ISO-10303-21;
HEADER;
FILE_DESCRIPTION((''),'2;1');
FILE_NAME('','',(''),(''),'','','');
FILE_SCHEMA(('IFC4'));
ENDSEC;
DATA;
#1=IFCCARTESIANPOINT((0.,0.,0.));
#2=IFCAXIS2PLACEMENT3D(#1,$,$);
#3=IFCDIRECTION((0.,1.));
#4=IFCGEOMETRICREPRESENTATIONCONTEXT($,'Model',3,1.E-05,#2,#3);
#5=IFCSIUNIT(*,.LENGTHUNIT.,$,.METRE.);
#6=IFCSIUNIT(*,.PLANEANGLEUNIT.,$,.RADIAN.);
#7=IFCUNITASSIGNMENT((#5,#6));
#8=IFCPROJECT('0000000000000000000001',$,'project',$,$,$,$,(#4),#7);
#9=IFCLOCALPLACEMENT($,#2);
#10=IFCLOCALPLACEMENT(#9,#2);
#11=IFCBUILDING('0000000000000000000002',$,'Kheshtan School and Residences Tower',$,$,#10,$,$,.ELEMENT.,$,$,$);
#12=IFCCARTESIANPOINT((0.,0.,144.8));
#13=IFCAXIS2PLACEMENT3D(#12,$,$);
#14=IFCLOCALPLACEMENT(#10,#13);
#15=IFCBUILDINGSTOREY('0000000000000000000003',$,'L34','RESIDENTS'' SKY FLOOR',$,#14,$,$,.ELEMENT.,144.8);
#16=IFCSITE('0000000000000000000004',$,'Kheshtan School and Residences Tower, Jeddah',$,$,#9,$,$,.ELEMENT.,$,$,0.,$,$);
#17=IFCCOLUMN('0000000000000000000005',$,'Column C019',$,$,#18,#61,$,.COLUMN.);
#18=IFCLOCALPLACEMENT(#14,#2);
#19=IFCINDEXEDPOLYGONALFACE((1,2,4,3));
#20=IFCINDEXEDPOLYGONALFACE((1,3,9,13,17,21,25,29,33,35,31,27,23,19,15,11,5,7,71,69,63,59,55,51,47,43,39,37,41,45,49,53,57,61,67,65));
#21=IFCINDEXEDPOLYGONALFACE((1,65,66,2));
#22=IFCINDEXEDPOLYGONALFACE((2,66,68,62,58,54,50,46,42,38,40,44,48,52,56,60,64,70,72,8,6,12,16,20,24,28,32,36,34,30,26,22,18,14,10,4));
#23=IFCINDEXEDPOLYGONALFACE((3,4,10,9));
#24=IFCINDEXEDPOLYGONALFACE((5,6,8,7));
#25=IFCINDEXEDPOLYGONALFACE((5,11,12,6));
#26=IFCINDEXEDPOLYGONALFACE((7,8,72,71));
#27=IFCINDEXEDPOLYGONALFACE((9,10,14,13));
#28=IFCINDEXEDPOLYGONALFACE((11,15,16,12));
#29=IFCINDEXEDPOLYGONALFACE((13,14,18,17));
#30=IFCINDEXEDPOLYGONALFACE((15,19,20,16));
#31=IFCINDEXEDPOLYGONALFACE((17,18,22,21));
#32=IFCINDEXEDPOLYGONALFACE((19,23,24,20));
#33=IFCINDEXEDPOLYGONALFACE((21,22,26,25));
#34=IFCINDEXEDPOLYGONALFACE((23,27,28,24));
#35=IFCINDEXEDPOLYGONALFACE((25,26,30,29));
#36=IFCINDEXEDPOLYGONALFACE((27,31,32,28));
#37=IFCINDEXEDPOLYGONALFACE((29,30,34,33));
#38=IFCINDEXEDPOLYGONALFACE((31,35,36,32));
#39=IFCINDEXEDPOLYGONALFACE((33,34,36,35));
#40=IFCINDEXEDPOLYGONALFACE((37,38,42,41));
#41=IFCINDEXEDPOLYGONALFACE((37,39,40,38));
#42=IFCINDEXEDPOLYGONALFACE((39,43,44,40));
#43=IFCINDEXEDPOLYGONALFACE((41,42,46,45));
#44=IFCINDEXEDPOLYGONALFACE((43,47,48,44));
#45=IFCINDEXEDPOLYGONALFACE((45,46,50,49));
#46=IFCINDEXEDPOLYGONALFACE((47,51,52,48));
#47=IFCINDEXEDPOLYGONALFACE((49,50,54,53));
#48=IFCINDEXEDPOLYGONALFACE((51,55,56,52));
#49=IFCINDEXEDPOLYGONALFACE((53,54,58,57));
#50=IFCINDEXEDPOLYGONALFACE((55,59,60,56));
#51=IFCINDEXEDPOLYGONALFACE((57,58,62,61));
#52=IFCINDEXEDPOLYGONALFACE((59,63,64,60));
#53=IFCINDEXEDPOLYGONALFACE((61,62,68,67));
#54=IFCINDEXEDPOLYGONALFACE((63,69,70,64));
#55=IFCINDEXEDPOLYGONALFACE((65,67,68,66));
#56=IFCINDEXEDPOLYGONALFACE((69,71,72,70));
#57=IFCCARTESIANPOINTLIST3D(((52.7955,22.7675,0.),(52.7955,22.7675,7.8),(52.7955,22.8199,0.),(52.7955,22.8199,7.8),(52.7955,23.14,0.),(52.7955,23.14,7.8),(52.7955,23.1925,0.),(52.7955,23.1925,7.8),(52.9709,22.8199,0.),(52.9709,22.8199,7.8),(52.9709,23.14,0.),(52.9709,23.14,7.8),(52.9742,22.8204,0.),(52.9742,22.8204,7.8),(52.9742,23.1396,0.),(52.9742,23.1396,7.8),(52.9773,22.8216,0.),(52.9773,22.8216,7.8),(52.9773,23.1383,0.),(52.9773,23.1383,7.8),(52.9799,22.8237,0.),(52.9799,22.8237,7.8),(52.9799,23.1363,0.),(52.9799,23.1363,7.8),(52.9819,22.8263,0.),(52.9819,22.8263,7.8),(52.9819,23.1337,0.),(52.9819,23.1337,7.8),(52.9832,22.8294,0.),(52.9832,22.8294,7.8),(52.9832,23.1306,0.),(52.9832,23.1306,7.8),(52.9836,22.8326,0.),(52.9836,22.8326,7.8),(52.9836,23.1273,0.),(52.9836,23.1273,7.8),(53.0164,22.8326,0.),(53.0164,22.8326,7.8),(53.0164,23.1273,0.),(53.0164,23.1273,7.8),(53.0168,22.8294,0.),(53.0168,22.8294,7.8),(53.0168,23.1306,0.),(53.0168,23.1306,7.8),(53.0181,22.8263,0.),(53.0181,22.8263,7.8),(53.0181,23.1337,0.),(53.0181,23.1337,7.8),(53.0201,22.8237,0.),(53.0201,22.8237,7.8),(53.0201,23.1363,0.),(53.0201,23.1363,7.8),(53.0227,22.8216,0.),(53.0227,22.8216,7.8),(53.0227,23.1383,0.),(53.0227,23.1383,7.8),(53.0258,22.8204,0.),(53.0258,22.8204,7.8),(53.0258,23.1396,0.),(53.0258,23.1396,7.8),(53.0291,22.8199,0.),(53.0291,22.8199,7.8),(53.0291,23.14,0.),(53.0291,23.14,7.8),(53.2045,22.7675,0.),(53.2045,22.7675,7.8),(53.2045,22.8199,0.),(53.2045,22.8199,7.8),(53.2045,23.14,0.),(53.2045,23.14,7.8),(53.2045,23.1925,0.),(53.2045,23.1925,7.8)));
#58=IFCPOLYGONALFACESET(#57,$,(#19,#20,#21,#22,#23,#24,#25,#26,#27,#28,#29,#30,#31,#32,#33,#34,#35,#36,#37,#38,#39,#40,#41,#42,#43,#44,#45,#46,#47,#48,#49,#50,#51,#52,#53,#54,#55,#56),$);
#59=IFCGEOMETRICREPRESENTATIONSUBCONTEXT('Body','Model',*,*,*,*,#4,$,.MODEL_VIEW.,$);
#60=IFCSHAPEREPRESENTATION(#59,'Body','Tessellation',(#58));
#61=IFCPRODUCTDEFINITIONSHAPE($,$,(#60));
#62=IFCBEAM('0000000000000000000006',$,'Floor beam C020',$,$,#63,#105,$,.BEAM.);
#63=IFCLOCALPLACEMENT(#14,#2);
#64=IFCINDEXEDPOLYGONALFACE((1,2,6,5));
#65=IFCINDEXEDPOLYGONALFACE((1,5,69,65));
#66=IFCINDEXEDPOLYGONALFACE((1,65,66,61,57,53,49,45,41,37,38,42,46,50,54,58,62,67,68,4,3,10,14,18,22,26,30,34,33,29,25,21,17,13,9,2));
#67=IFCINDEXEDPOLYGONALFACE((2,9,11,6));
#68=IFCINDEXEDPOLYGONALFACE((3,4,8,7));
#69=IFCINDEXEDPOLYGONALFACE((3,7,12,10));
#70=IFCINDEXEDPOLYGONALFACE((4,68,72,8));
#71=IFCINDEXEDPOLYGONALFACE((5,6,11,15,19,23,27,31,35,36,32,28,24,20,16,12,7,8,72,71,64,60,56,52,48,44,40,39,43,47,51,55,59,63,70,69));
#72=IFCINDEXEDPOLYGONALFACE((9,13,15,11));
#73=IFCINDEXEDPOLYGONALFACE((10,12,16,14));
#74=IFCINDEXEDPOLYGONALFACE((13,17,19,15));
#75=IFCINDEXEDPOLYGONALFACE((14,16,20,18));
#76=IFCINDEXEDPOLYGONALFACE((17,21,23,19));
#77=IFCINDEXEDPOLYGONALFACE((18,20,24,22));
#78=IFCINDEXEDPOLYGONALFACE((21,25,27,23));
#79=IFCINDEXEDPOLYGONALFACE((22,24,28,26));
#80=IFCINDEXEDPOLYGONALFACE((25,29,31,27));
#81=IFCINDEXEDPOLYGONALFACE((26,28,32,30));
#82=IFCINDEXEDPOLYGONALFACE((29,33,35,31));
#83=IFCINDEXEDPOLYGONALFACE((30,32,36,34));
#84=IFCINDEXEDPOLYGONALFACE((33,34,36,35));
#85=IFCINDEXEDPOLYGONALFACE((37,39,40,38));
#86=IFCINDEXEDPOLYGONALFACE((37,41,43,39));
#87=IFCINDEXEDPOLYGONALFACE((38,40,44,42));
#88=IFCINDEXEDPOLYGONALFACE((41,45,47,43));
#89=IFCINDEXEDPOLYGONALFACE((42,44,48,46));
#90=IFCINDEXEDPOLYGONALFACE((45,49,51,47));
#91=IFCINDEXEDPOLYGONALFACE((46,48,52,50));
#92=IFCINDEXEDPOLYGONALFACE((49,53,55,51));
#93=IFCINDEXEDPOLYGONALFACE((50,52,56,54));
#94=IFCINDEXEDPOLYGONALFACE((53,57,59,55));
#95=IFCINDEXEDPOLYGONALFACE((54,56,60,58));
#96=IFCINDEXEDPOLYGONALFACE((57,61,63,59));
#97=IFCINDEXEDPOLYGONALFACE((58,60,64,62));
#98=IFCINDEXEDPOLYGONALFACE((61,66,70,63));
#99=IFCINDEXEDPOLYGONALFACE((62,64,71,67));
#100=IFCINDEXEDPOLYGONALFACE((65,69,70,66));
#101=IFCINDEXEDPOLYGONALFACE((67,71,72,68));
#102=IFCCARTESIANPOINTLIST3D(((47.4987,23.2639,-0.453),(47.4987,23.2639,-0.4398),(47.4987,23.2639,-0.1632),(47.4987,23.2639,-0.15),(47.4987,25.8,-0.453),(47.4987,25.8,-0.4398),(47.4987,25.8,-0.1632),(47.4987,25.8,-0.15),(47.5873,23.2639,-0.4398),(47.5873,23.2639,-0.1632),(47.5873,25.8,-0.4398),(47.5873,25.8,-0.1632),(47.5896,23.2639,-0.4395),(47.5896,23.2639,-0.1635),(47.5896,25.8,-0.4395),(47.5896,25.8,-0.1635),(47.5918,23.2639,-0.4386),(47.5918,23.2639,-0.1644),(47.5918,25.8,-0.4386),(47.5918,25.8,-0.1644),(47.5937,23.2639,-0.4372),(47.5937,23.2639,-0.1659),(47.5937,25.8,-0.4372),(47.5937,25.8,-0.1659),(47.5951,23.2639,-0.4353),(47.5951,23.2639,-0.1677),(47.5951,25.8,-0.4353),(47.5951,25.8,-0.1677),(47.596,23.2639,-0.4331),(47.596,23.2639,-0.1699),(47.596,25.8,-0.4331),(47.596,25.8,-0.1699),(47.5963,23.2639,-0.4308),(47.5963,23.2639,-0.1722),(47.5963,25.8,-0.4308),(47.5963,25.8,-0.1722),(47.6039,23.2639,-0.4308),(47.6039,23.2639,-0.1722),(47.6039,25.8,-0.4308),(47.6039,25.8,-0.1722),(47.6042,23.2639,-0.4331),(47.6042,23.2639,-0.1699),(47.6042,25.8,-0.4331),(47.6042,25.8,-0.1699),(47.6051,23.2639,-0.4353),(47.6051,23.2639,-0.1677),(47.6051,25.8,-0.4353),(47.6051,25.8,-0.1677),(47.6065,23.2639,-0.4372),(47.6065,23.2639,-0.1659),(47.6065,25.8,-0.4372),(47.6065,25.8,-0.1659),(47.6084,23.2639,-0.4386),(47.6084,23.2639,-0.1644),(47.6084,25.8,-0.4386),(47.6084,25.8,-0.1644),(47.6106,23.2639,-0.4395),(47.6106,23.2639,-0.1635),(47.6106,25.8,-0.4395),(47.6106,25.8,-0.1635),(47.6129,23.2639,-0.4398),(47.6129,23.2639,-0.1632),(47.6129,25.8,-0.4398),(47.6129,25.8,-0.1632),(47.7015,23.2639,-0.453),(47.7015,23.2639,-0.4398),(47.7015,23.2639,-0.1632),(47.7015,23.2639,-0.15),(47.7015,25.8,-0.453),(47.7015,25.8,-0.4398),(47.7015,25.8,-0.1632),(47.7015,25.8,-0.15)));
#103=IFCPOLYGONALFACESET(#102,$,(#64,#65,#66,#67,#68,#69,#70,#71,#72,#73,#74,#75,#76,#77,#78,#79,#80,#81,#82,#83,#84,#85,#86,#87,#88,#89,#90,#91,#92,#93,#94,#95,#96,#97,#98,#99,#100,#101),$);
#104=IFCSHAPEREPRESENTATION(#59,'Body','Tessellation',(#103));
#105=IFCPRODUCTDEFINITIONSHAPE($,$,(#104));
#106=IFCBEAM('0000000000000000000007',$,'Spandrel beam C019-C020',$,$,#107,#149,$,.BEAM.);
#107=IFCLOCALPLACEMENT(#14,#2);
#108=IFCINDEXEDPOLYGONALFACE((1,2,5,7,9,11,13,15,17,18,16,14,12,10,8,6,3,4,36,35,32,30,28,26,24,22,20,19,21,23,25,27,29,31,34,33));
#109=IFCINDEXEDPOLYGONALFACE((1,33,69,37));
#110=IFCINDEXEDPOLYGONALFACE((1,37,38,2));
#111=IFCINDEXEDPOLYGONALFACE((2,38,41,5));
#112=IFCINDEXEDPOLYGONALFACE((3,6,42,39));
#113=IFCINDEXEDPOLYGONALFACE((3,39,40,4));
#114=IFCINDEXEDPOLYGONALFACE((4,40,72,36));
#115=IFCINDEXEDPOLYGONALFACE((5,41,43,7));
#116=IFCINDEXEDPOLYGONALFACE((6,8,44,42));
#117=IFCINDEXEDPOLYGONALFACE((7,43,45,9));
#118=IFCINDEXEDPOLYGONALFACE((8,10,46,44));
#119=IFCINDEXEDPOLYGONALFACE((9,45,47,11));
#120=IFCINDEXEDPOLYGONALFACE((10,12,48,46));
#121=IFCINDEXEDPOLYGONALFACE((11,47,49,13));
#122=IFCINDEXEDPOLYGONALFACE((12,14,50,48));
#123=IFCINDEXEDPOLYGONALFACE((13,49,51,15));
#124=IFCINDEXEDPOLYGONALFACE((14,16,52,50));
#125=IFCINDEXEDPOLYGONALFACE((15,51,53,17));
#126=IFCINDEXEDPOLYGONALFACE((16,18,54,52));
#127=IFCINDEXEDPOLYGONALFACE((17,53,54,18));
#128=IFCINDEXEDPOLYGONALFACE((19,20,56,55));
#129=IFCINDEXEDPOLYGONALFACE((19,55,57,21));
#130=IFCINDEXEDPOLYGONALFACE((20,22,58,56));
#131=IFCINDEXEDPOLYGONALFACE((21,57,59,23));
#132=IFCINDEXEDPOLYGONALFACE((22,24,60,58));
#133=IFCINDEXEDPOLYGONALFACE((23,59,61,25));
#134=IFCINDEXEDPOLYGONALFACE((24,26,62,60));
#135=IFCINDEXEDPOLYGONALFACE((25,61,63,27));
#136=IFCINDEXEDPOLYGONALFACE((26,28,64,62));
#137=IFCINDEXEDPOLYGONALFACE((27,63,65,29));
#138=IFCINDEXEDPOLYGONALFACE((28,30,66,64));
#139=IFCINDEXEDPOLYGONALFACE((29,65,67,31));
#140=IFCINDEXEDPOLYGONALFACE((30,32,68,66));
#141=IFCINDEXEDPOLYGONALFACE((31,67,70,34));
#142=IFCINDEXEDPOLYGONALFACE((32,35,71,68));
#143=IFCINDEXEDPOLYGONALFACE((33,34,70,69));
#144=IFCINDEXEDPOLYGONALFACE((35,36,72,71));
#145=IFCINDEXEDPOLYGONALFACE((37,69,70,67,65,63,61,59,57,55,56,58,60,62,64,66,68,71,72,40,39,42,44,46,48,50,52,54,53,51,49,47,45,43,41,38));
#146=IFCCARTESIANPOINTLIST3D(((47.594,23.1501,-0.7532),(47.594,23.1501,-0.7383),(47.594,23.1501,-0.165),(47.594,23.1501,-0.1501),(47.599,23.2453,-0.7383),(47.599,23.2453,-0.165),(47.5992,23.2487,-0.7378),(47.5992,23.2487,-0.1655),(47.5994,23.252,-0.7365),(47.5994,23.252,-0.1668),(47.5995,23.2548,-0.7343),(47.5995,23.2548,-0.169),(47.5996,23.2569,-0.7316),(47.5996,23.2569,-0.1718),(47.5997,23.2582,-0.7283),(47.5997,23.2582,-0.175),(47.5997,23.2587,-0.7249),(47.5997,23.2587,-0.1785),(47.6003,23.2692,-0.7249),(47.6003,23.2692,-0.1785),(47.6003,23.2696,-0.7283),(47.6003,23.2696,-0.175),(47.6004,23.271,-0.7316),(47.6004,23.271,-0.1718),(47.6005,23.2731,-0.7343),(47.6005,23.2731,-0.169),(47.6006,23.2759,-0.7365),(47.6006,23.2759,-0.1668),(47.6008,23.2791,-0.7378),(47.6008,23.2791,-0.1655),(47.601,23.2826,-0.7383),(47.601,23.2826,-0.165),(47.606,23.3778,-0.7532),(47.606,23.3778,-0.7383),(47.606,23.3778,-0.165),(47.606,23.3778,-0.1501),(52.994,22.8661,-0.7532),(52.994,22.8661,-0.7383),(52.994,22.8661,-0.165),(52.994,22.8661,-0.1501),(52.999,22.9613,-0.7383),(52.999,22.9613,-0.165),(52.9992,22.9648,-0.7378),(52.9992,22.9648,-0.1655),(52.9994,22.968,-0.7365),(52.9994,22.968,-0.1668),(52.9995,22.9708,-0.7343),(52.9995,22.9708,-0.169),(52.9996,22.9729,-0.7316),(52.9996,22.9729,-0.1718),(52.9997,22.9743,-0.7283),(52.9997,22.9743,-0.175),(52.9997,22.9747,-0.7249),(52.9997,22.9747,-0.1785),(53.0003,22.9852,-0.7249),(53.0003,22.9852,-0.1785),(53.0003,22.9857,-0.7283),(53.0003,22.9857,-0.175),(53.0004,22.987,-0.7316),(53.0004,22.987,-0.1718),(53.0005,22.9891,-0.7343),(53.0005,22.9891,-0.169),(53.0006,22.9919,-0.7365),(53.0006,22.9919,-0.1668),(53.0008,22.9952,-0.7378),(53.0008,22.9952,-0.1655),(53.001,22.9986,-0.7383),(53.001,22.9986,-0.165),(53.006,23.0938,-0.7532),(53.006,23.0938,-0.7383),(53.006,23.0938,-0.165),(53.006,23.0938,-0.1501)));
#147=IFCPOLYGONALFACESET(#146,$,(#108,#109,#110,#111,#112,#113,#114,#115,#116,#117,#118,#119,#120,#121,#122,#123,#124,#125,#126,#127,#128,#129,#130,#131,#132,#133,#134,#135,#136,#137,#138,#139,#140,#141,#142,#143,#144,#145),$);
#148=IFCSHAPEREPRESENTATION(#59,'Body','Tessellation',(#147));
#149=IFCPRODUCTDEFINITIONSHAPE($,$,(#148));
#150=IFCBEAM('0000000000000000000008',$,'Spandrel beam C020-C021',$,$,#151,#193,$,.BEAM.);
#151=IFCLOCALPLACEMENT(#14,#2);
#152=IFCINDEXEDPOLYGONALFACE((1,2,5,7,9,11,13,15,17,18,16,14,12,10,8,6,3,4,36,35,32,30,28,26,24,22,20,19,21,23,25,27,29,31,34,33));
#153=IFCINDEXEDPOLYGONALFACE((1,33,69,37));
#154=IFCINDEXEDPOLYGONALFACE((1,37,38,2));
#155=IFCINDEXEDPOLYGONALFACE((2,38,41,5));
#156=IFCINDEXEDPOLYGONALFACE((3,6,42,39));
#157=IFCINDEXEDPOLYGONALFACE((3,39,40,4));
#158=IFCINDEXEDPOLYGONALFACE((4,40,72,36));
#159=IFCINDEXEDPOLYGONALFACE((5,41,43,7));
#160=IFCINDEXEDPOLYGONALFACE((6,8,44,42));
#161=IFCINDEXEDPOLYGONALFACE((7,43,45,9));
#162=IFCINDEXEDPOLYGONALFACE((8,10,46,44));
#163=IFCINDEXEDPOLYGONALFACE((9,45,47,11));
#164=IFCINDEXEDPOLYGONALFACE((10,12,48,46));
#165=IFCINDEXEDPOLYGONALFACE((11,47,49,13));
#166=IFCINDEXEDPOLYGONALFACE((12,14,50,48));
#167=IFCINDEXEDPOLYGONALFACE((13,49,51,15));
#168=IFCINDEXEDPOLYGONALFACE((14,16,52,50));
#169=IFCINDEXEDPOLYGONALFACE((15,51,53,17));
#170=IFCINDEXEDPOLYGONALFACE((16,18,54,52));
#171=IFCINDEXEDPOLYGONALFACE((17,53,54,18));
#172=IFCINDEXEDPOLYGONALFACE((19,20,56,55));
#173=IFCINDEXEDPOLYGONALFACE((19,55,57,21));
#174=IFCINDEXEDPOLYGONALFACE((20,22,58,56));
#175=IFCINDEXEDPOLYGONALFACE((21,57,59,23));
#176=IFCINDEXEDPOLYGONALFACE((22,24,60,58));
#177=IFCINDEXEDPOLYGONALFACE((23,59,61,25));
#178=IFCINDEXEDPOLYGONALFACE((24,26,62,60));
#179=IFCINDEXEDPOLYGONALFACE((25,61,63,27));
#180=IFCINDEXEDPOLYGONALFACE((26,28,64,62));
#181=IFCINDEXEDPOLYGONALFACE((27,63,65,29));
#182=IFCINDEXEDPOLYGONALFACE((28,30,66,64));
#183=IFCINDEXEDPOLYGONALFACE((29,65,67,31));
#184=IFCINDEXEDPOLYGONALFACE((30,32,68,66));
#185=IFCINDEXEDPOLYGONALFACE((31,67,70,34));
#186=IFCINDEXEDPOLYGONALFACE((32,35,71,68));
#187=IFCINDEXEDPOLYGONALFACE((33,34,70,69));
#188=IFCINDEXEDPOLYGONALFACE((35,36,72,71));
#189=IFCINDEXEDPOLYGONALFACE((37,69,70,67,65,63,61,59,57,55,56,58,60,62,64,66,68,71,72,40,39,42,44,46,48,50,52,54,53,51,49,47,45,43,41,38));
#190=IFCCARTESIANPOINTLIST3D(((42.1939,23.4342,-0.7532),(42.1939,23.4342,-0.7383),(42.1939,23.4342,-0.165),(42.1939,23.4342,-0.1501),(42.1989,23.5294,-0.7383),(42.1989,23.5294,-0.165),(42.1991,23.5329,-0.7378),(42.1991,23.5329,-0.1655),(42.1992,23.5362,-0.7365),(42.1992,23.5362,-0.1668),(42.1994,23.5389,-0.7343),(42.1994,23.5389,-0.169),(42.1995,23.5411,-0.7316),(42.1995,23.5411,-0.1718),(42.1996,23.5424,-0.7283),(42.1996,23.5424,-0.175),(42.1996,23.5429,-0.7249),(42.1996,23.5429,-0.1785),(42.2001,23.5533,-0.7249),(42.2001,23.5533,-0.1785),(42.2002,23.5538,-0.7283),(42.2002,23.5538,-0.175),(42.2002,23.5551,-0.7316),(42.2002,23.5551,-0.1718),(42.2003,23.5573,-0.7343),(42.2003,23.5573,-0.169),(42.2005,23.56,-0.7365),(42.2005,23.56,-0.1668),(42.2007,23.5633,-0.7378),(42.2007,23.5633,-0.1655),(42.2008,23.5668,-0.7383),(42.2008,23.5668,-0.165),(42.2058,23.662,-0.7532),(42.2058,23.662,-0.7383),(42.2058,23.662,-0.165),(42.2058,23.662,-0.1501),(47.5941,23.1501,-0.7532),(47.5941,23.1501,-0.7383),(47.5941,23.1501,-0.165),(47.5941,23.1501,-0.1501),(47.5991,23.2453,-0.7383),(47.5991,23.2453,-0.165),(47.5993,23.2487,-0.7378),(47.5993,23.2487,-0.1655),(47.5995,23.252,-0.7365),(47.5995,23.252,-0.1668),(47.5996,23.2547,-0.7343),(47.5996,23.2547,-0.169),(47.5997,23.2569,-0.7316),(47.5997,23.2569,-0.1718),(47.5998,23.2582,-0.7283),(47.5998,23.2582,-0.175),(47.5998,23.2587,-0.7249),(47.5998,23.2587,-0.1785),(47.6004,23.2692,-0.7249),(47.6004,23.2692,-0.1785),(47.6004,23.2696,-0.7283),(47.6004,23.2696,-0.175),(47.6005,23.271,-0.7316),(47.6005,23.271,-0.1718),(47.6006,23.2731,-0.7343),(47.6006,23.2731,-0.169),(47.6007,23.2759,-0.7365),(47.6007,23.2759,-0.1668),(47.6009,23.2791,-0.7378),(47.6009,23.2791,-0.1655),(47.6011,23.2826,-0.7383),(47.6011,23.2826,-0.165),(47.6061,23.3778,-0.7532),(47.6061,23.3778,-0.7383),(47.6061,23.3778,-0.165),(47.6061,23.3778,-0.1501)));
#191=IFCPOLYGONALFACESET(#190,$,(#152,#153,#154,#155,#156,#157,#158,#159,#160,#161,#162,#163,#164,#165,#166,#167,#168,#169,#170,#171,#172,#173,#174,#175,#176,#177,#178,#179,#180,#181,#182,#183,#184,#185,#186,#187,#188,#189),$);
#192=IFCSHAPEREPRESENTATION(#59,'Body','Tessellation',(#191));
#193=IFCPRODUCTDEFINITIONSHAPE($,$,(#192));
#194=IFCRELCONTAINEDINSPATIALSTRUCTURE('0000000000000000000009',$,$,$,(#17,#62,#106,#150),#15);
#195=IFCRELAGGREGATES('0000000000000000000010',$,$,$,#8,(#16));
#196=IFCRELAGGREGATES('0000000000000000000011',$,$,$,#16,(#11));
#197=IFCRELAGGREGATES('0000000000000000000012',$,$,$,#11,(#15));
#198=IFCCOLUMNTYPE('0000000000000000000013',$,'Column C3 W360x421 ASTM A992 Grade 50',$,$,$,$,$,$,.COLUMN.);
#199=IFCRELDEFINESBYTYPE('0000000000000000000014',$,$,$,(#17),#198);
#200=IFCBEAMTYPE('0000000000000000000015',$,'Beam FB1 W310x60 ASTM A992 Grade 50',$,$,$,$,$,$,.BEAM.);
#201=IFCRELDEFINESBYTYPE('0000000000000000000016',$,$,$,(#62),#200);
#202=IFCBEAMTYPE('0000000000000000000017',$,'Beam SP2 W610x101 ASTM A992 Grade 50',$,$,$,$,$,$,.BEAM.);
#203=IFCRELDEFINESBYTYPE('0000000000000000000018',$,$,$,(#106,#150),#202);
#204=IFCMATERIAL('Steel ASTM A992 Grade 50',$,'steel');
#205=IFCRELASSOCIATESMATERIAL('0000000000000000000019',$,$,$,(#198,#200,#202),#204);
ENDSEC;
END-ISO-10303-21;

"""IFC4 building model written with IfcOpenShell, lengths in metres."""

from ifc_helpers import new_model, si_unit, direction, frame, origin, origin_2d, place, context, subcontext, project, spatial, i_section, extrude, material, material_profile, profile_set, type_object, element, save


model = new_model("IFC4")

# Units and contexts
model_context = context("Model", 3, precision=1e-05, world=origin(), true_north=direction((0.0, 1.0)))
body_context = subcontext(model_context, "Body", "Model", "MODEL_VIEW")
ifc_project = project(units=[si_unit("LENGTHUNIT", "METRE"), si_unit("PLANEANGLEUNIT", "RADIAN")], contexts=[model_context])

# Site, building, storey
site_placement = place(None, origin())
site = spatial("IfcSite", under=ifc_project, at=site_placement, Name="Kheshtan School and Residences Tower, Jeddah", CompositionType="ELEMENT", RefElevation=0.0)
building_placement = place(site_placement, origin())
building = spatial("IfcBuilding", under=site, at=building_placement, Name="Kheshtan School and Residences Tower", CompositionType="ELEMENT")
storey_placement = place(building_placement, frame((0.0, 0.0, 144.8)))
storey = spatial("IfcBuildingStorey", under=building, at=storey_placement, Name="L34", Description="RESIDENTS' SKY FLOOR", CompositionType="ELEMENT", Elevation=144.8)

# Column
ifc_material_1 = material(Name="Steel ASTM A992 Grade 50", Category="steel")
ifc_material_profile_1 = material_profile(ifc_material_1, i_section(OverallWidth=0.4089, OverallDepth=0.425, WebThickness=0.0327, FlangeThickness=0.0525, FilletRadius=0.0127, at=origin_2d()), Name="W360x421")
ifc_profile_set_1 = profile_set([ifc_material_profile_1], Name="Steel ASTM A992 Grade 50")
column_type = type_object("IfcColumnType", Name="Column C3 W360x421 ASTM A992 Grade 50", PredefinedType="COLUMN", material=ifc_profile_set_1)
column_placement = place(storey_placement, frame((53.0, 22.98, 0.0), z_axis=(0.0, 0.0, 1.0), x_axis=(1.0, 0.0, 0.0)))
element("IfcColumn", 1, at=column_placement, inside=storey, type_object=column_type, Name="Column C019", PredefinedType="COLUMN", context=body_context, shape_type="SweptSolid", body=[
    extrude(i_section(OverallWidth=0.4089, OverallDepth=0.425, WebThickness=0.0327, FlangeThickness=0.0525, FilletRadius=0.0127, at=origin_2d()), origin(), (0.0, 0.0, 1.0), 7.8),
])

# Beams
ifc_material_profile_2 = material_profile(ifc_material_1, i_section(OverallWidth=0.2029, OverallDepth=0.303, WebThickness=0.0076, FlangeThickness=0.0132, FilletRadius=0.009, at=origin_2d()), Name="W310x60")
ifc_profile_set_2 = profile_set([ifc_material_profile_2], Name="Steel ASTM A992 Grade 50")
beam_type_1 = type_object("IfcBeamType", Name="Beam FB1 W310x60 ASTM A992 Grade 50", PredefinedType="BEAM", material=ifc_profile_set_2)
beam_1_placement = place(storey_placement, frame((47.6001, 23.2639, -0.3015), z_axis=(0.0, 1.0, 0.0), x_axis=(-1.0, 0.0, 0.0)))
element("IfcBeam", 2, at=beam_1_placement, inside=storey, type_object=beam_type_1, Name="Floor beam C020", PredefinedType="BEAM", context=body_context, shape_type="SweptSolid", body=[
    extrude(i_section(OverallWidth=0.2029, OverallDepth=0.303, WebThickness=0.0076, FlangeThickness=0.0132, FilletRadius=0.009, at=origin_2d()), origin(), (0.0, 0.0, 1.0), 2.5361),
])
ifc_material_profile_3 = material_profile(ifc_material_1, i_section(OverallWidth=0.228, OverallDepth=0.603, WebThickness=0.0105, FlangeThickness=0.0149, FilletRadius=0.0134, at=origin_2d()), Name="W610x101")
ifc_profile_set_3 = profile_set([ifc_material_profile_3], Name="Steel ASTM A992 Grade 50")
beam_type_2 = type_object("IfcBeamType", Name="Beam SP2 W610x101 ASTM A992 Grade 50", PredefinedType="BEAM", material=ifc_profile_set_3)
beam_2_placement = place(storey_placement, frame((53.0, 22.98, -0.4517), z_axis=(-0.99862, 0.052509, 0.0), x_axis=(-0.052509, -0.99862, 0.0)))
element("IfcBeam", 3, at=beam_2_placement, inside=storey, type_object=beam_type_2, Name="Spandrel beam C019-C020", PredefinedType="BEAM", context=body_context, shape_type="SweptSolid", body=[
    extrude(i_section(OverallWidth=0.228, OverallDepth=0.603, WebThickness=0.0105, FlangeThickness=0.0149, FilletRadius=0.0134, at=origin_2d()), origin(), (0.0, 0.0, 1.0), 5.4075),
])
beam_3_placement = place(storey_placement, frame((47.6001, 23.2639, -0.4517), z_axis=(-0.998618, 0.052552, 0.0), x_axis=(-0.052552, -0.998618, 0.0)))
element("IfcBeam", 4, at=beam_3_placement, inside=storey, type_object=beam_type_2, Name="Spandrel beam C020-C021", PredefinedType="BEAM", context=body_context, shape_type="SweptSolid", body=[
    extrude(i_section(OverallWidth=0.228, OverallDepth=0.603, WebThickness=0.0105, FlangeThickness=0.0149, FilletRadius=0.0134, at=origin_2d()), origin(), (0.0, 0.0, 1.0), 5.4077),
])

save(model, "model.ifc")
